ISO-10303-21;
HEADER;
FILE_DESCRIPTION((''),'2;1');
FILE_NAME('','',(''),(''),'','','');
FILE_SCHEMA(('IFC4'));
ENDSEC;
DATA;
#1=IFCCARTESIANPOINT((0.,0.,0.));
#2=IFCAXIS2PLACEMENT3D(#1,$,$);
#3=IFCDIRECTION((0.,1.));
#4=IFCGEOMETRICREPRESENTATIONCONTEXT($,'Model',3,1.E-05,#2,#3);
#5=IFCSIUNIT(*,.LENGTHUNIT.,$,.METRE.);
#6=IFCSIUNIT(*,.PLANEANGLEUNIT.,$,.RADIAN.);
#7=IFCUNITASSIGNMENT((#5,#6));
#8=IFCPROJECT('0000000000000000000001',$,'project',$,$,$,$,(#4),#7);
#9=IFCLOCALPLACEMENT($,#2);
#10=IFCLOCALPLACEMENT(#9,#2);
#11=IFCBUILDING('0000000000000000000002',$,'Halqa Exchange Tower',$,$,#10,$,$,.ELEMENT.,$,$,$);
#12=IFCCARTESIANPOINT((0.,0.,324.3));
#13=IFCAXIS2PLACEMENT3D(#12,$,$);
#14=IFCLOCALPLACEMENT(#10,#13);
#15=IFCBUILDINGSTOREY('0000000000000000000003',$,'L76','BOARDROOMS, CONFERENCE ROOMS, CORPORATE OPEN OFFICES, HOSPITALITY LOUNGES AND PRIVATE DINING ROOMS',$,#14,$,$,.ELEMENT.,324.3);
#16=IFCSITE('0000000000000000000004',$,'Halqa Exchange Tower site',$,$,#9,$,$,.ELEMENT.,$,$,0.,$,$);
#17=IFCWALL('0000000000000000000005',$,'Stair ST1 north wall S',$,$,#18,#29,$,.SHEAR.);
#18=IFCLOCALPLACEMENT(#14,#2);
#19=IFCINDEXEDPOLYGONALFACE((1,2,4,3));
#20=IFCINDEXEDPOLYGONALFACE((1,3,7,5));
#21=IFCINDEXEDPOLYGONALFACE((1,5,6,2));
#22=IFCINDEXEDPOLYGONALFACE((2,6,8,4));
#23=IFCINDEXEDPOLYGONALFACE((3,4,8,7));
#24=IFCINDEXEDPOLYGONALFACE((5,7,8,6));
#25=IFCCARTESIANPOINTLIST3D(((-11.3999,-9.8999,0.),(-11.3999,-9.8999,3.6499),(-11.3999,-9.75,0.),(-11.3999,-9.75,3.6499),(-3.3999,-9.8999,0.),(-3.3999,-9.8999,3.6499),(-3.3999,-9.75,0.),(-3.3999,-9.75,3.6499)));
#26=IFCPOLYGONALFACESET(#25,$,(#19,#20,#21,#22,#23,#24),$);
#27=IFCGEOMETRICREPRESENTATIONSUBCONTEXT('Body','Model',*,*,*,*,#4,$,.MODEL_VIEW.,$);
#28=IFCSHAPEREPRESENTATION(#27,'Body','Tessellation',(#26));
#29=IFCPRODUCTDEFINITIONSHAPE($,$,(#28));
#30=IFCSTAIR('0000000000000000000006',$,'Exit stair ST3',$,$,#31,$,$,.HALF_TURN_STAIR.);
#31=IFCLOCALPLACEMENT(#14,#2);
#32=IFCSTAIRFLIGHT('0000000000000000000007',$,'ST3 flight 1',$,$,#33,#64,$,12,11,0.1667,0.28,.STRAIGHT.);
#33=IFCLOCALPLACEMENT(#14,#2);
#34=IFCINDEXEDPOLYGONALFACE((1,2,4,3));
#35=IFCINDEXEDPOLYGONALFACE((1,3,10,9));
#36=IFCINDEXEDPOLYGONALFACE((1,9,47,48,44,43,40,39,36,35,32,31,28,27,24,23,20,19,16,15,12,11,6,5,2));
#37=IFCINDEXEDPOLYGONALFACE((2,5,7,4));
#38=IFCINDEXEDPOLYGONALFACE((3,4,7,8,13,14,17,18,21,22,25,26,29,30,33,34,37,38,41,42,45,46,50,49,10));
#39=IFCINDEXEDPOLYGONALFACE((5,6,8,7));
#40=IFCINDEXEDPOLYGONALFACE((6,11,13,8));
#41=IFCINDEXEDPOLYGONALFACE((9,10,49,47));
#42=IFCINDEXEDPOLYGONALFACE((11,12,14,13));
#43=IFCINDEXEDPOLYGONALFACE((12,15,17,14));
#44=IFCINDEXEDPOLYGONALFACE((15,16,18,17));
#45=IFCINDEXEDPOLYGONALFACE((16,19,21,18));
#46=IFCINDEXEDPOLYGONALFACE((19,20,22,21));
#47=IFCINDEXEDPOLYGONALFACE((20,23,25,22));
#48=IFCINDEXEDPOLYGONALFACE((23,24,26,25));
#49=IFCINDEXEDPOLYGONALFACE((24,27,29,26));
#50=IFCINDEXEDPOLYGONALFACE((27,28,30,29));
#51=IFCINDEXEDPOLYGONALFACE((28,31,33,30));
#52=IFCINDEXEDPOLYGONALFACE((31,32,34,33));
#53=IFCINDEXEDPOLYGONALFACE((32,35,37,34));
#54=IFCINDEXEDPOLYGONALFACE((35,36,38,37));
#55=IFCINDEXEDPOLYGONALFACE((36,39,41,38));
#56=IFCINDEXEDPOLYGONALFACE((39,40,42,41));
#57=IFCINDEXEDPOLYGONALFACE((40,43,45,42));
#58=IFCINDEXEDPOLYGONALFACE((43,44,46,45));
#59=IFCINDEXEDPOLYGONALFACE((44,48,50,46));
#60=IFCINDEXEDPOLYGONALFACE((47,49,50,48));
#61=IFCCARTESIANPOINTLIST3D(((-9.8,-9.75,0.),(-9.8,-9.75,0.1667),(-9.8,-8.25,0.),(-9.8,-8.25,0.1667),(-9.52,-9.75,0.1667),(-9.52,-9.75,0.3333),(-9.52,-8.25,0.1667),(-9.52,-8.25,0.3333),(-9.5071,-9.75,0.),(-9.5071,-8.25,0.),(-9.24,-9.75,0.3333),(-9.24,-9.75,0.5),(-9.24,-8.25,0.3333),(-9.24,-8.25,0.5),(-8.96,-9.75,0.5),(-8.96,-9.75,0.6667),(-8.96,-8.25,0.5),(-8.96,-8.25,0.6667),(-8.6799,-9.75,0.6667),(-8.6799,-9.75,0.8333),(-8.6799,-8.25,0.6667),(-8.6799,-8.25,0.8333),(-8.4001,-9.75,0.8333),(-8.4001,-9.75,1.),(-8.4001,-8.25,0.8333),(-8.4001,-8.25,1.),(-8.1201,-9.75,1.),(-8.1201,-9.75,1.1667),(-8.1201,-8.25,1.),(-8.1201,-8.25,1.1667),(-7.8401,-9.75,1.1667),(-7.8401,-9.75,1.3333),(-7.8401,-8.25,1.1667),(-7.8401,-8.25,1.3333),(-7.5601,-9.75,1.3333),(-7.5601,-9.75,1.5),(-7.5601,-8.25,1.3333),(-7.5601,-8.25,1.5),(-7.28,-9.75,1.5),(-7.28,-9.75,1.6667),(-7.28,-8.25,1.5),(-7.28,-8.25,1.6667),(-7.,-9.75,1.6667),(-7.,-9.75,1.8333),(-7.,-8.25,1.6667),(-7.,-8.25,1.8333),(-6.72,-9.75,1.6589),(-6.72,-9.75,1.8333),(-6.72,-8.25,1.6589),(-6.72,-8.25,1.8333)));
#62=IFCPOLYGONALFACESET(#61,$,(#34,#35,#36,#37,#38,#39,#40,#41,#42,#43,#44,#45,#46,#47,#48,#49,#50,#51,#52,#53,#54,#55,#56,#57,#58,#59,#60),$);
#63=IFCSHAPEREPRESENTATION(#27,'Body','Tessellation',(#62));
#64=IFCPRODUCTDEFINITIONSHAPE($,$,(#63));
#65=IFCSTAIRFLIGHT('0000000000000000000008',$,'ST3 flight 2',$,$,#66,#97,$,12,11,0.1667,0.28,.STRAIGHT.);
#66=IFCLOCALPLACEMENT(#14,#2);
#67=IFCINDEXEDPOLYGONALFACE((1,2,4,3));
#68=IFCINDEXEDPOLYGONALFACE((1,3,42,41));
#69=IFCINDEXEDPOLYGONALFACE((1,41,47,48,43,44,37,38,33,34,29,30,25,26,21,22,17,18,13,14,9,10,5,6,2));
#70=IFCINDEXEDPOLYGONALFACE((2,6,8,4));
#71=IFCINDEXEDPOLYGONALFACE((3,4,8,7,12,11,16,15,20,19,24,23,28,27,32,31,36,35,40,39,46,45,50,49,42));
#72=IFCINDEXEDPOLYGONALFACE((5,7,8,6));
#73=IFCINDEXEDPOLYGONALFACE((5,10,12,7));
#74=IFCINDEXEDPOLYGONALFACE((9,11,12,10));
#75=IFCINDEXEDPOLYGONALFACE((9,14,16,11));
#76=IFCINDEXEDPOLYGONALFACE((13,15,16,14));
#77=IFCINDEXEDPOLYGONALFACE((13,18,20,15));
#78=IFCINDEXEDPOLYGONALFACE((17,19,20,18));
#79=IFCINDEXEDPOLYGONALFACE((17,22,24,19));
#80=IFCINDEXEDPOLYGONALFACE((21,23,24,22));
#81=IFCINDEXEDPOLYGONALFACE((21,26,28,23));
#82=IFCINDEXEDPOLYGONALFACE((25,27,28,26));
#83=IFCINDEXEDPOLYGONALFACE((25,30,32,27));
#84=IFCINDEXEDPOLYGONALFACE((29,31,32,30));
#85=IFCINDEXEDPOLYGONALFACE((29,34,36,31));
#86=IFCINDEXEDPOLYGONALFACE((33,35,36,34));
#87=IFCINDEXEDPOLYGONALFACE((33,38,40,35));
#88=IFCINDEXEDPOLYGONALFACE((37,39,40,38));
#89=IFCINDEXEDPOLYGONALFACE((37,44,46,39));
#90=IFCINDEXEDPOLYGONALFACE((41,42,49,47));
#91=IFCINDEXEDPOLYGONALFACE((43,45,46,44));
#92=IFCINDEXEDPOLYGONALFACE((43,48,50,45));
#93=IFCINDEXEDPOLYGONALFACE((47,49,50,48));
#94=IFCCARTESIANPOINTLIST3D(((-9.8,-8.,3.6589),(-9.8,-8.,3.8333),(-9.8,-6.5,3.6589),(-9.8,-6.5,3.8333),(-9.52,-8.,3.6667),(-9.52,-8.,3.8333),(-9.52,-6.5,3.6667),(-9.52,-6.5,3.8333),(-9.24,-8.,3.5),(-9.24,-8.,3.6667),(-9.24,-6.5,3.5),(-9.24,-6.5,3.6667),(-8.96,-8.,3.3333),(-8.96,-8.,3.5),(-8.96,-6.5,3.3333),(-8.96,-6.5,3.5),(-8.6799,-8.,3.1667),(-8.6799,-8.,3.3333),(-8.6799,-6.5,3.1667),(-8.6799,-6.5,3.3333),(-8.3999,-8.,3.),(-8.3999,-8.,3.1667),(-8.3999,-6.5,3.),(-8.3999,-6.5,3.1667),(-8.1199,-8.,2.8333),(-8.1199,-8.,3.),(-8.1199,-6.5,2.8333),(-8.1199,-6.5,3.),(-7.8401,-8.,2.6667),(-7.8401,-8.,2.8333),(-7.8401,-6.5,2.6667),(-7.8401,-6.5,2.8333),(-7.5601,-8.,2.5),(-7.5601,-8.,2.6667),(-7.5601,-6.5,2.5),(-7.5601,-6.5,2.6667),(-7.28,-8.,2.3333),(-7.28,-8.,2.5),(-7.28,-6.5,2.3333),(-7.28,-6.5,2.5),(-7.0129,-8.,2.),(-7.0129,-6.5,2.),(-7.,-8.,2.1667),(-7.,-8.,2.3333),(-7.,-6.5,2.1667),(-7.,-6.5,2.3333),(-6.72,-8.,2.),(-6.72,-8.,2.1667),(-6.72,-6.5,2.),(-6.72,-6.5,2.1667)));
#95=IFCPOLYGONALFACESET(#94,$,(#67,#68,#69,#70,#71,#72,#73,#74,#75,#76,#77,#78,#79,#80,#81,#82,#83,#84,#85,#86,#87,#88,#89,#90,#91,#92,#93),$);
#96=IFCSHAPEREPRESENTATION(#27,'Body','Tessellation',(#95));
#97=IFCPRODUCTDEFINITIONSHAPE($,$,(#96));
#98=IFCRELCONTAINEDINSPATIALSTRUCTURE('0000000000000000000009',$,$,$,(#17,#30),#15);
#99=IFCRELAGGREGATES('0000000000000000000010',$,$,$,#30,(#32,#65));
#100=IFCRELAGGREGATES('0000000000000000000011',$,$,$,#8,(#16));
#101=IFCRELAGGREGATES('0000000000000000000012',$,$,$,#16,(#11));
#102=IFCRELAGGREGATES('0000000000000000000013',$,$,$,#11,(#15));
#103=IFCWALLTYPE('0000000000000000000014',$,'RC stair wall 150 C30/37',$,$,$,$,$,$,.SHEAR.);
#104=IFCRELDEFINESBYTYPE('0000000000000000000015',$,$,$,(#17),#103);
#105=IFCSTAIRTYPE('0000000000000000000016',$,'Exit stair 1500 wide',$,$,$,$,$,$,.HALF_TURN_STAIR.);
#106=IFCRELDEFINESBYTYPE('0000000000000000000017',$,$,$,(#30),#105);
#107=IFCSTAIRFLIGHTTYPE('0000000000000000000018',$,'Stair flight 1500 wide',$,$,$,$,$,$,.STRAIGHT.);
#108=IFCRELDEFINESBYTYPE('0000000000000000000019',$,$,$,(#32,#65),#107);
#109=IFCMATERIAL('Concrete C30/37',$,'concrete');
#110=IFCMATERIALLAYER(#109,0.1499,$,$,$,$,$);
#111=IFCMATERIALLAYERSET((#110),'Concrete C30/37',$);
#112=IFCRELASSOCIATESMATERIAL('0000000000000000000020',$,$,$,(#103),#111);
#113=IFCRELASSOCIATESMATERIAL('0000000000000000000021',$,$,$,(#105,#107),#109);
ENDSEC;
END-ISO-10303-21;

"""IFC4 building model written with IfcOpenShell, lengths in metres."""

from ifc_helpers import new_model, si_unit, direction, frame, frame_2d, origin, place, context, subcontext, project, spatial, polyline, rectangle, outline, extrude, material, layer, layer_set, type_object, element, aggregate, save


model = new_model("IFC4")

# Units and contexts
model_context = context("Model", 3, precision=1e-05, world=origin(), true_north=direction((0.0, 1.0)))
body_context = subcontext(model_context, "Body", "Model", "MODEL_VIEW")
ifc_project = project(units=[si_unit("LENGTHUNIT", "METRE"), si_unit("PLANEANGLEUNIT", "RADIAN")], contexts=[model_context])

# Site, building, storey
site_placement = place(None, origin())
site = spatial("IfcSite", under=ifc_project, at=site_placement, Name="Halqa Exchange Tower site", CompositionType="ELEMENT", RefElevation=0.0)
building_placement = place(site_placement, origin())
building = spatial("IfcBuilding", under=site, at=building_placement, Name="Halqa Exchange Tower", CompositionType="ELEMENT")
storey_placement = place(building_placement, frame((0.0, 0.0, 324.3)))
storey = spatial("IfcBuildingStorey", under=building, at=storey_placement, Name="L76", Description="BOARDROOMS, CONFERENCE ROOMS, CORPORATE OPEN OFFICES, HOSPITALITY LOUNGES AND PRIVATE DINING ROOMS", CompositionType="ELEMENT", Elevation=324.3)

# Wall
ifc_material_1 = material(Name="Concrete C30/37", Category="concrete")
ifc_layer_1 = layer(ifc_material_1, 0.1499)
ifc_layer_set_1 = layer_set([ifc_layer_1], Name="Concrete C30/37")
wall_type_1 = type_object("IfcWallType", Name="RC stair wall 150 C30/37", PredefinedType="SHEAR", material=ifc_layer_set_1)
wall_1_placement = place(storey_placement, frame((-11.3999, -9.825, 0.0), z_axis=(0.0, 0.0, 1.0), x_axis=(1.0, 0.0, 0.0)))
element("IfcWall", 1, at=wall_1_placement, inside=storey, type_object=wall_type_1, Name="Stair ST1 north wall S", PredefinedType="SHEAR", context=body_context, shape_type="SweptSolid", body=[
    extrude(rectangle(XDim=8.0, YDim=0.1499, at=frame_2d((4.0, 0.0))), origin(), (0.0, 0.0, 1.0), 3.6499),
])

# Stair, stair flights
stair_type = type_object("IfcStairType", Name="Exit stair 1500 wide", PredefinedType="HALF_TURN_STAIR", material=ifc_material_1)
stair_placement = place(storey_placement, origin())
stair = element("IfcStair", 2, at=stair_placement, inside=storey, type_object=stair_type, Name="Exit stair ST3", PredefinedType="HALF_TURN_STAIR")
stair_flight_type = type_object("IfcStairFlightType", Name="Stair flight 1500 wide", PredefinedType="STRAIGHT", material=ifc_material_1)
stair_flight_1_placement = place(storey_placement, frame((-9.8, -9.0, 0.0), z_axis=(0.0, 0.0, 1.0), x_axis=(1.0, 0.0, 0.0)))
stair_flight_1 = element("IfcStairFlight", 3, at=stair_flight_1_placement, type_object=stair_flight_type, Name="ST3 flight 1", NumberOfRisers=12, NumberOfTreads=11, PredefinedType="STRAIGHT", RiserHeight=0.1667, TreadLength=0.28, context=body_context, shape_type="SweptSolid", body=[
    extrude(outline(polyline([(0.0, 0.0), (0.0, 0.1667), (0.28, 0.1667), (0.28, 0.3333), (0.5601, 0.3333), (0.5601, 0.5), (0.8401, 0.5), (0.8401, 0.6667), (1.1201, 0.6667), (1.1201, 0.8333), (1.3999, 0.8333), (1.3999, 1.0), (1.6799, 1.0), (1.6799, 1.1667), (1.96, 1.1667), (1.96, 1.3333), (2.24, 1.3333), (2.24, 1.5), (2.52, 1.5), (2.52, 1.6667), (2.8, 1.6667), (2.8, 1.8333), (3.0801, 1.8333), (3.0801, 2.0), (3.0801, 1.6589), (0.293, 0.0), (0.0, 0.0)])), frame((0.0, 0.75, 0.0), z_axis=(0.0, -1.0, 0.0), x_axis=(1.0, 0.0, 0.0)), (0.0, 0.0, 1.0), 1.5),
])
stair_flight_2_placement = place(storey_placement, frame((-6.72, -7.25, 2.0), z_axis=(0.0, 0.0, 1.0), x_axis=(-1.0, 0.0, 0.0)))
stair_flight_2 = element("IfcStairFlight", 4, at=stair_flight_2_placement, type_object=stair_flight_type, Name="ST3 flight 2", NumberOfRisers=12, NumberOfTreads=11, PredefinedType="STRAIGHT", RiserHeight=0.1667, TreadLength=0.28, context=body_context, shape_type="SweptSolid", body=[
    extrude(outline(polyline([(0.0, 0.0), (0.0, 0.1667), (0.28, 0.1667), (0.28, 0.3333), (0.5601, 0.3333), (0.5601, 0.5), (0.8401, 0.5), (0.8401, 0.6667), (1.1201, 0.6667), (1.1201, 0.8333), (1.3999, 0.8333), (1.3999, 1.0), (1.6799, 1.0), (1.6799, 1.1667), (1.96, 1.1667), (1.96, 1.3333), (2.24, 1.3333), (2.24, 1.5), (2.52, 1.5), (2.52, 1.6667), (2.8, 1.6667), (2.8, 1.8333), (3.0801, 1.8333), (3.0801, 2.0), (3.0801, 1.6589), (0.293, 0.0), (0.0, 0.0)])), frame((0.0, 0.75, 0.0), z_axis=(0.0, -1.0, 0.0), x_axis=(1.0, 0.0, 0.0)), (0.0, 0.0, 1.0), 1.5),
])
aggregate(stair, [stair_flight_1, stair_flight_2])

save(model, "model.ifc")
